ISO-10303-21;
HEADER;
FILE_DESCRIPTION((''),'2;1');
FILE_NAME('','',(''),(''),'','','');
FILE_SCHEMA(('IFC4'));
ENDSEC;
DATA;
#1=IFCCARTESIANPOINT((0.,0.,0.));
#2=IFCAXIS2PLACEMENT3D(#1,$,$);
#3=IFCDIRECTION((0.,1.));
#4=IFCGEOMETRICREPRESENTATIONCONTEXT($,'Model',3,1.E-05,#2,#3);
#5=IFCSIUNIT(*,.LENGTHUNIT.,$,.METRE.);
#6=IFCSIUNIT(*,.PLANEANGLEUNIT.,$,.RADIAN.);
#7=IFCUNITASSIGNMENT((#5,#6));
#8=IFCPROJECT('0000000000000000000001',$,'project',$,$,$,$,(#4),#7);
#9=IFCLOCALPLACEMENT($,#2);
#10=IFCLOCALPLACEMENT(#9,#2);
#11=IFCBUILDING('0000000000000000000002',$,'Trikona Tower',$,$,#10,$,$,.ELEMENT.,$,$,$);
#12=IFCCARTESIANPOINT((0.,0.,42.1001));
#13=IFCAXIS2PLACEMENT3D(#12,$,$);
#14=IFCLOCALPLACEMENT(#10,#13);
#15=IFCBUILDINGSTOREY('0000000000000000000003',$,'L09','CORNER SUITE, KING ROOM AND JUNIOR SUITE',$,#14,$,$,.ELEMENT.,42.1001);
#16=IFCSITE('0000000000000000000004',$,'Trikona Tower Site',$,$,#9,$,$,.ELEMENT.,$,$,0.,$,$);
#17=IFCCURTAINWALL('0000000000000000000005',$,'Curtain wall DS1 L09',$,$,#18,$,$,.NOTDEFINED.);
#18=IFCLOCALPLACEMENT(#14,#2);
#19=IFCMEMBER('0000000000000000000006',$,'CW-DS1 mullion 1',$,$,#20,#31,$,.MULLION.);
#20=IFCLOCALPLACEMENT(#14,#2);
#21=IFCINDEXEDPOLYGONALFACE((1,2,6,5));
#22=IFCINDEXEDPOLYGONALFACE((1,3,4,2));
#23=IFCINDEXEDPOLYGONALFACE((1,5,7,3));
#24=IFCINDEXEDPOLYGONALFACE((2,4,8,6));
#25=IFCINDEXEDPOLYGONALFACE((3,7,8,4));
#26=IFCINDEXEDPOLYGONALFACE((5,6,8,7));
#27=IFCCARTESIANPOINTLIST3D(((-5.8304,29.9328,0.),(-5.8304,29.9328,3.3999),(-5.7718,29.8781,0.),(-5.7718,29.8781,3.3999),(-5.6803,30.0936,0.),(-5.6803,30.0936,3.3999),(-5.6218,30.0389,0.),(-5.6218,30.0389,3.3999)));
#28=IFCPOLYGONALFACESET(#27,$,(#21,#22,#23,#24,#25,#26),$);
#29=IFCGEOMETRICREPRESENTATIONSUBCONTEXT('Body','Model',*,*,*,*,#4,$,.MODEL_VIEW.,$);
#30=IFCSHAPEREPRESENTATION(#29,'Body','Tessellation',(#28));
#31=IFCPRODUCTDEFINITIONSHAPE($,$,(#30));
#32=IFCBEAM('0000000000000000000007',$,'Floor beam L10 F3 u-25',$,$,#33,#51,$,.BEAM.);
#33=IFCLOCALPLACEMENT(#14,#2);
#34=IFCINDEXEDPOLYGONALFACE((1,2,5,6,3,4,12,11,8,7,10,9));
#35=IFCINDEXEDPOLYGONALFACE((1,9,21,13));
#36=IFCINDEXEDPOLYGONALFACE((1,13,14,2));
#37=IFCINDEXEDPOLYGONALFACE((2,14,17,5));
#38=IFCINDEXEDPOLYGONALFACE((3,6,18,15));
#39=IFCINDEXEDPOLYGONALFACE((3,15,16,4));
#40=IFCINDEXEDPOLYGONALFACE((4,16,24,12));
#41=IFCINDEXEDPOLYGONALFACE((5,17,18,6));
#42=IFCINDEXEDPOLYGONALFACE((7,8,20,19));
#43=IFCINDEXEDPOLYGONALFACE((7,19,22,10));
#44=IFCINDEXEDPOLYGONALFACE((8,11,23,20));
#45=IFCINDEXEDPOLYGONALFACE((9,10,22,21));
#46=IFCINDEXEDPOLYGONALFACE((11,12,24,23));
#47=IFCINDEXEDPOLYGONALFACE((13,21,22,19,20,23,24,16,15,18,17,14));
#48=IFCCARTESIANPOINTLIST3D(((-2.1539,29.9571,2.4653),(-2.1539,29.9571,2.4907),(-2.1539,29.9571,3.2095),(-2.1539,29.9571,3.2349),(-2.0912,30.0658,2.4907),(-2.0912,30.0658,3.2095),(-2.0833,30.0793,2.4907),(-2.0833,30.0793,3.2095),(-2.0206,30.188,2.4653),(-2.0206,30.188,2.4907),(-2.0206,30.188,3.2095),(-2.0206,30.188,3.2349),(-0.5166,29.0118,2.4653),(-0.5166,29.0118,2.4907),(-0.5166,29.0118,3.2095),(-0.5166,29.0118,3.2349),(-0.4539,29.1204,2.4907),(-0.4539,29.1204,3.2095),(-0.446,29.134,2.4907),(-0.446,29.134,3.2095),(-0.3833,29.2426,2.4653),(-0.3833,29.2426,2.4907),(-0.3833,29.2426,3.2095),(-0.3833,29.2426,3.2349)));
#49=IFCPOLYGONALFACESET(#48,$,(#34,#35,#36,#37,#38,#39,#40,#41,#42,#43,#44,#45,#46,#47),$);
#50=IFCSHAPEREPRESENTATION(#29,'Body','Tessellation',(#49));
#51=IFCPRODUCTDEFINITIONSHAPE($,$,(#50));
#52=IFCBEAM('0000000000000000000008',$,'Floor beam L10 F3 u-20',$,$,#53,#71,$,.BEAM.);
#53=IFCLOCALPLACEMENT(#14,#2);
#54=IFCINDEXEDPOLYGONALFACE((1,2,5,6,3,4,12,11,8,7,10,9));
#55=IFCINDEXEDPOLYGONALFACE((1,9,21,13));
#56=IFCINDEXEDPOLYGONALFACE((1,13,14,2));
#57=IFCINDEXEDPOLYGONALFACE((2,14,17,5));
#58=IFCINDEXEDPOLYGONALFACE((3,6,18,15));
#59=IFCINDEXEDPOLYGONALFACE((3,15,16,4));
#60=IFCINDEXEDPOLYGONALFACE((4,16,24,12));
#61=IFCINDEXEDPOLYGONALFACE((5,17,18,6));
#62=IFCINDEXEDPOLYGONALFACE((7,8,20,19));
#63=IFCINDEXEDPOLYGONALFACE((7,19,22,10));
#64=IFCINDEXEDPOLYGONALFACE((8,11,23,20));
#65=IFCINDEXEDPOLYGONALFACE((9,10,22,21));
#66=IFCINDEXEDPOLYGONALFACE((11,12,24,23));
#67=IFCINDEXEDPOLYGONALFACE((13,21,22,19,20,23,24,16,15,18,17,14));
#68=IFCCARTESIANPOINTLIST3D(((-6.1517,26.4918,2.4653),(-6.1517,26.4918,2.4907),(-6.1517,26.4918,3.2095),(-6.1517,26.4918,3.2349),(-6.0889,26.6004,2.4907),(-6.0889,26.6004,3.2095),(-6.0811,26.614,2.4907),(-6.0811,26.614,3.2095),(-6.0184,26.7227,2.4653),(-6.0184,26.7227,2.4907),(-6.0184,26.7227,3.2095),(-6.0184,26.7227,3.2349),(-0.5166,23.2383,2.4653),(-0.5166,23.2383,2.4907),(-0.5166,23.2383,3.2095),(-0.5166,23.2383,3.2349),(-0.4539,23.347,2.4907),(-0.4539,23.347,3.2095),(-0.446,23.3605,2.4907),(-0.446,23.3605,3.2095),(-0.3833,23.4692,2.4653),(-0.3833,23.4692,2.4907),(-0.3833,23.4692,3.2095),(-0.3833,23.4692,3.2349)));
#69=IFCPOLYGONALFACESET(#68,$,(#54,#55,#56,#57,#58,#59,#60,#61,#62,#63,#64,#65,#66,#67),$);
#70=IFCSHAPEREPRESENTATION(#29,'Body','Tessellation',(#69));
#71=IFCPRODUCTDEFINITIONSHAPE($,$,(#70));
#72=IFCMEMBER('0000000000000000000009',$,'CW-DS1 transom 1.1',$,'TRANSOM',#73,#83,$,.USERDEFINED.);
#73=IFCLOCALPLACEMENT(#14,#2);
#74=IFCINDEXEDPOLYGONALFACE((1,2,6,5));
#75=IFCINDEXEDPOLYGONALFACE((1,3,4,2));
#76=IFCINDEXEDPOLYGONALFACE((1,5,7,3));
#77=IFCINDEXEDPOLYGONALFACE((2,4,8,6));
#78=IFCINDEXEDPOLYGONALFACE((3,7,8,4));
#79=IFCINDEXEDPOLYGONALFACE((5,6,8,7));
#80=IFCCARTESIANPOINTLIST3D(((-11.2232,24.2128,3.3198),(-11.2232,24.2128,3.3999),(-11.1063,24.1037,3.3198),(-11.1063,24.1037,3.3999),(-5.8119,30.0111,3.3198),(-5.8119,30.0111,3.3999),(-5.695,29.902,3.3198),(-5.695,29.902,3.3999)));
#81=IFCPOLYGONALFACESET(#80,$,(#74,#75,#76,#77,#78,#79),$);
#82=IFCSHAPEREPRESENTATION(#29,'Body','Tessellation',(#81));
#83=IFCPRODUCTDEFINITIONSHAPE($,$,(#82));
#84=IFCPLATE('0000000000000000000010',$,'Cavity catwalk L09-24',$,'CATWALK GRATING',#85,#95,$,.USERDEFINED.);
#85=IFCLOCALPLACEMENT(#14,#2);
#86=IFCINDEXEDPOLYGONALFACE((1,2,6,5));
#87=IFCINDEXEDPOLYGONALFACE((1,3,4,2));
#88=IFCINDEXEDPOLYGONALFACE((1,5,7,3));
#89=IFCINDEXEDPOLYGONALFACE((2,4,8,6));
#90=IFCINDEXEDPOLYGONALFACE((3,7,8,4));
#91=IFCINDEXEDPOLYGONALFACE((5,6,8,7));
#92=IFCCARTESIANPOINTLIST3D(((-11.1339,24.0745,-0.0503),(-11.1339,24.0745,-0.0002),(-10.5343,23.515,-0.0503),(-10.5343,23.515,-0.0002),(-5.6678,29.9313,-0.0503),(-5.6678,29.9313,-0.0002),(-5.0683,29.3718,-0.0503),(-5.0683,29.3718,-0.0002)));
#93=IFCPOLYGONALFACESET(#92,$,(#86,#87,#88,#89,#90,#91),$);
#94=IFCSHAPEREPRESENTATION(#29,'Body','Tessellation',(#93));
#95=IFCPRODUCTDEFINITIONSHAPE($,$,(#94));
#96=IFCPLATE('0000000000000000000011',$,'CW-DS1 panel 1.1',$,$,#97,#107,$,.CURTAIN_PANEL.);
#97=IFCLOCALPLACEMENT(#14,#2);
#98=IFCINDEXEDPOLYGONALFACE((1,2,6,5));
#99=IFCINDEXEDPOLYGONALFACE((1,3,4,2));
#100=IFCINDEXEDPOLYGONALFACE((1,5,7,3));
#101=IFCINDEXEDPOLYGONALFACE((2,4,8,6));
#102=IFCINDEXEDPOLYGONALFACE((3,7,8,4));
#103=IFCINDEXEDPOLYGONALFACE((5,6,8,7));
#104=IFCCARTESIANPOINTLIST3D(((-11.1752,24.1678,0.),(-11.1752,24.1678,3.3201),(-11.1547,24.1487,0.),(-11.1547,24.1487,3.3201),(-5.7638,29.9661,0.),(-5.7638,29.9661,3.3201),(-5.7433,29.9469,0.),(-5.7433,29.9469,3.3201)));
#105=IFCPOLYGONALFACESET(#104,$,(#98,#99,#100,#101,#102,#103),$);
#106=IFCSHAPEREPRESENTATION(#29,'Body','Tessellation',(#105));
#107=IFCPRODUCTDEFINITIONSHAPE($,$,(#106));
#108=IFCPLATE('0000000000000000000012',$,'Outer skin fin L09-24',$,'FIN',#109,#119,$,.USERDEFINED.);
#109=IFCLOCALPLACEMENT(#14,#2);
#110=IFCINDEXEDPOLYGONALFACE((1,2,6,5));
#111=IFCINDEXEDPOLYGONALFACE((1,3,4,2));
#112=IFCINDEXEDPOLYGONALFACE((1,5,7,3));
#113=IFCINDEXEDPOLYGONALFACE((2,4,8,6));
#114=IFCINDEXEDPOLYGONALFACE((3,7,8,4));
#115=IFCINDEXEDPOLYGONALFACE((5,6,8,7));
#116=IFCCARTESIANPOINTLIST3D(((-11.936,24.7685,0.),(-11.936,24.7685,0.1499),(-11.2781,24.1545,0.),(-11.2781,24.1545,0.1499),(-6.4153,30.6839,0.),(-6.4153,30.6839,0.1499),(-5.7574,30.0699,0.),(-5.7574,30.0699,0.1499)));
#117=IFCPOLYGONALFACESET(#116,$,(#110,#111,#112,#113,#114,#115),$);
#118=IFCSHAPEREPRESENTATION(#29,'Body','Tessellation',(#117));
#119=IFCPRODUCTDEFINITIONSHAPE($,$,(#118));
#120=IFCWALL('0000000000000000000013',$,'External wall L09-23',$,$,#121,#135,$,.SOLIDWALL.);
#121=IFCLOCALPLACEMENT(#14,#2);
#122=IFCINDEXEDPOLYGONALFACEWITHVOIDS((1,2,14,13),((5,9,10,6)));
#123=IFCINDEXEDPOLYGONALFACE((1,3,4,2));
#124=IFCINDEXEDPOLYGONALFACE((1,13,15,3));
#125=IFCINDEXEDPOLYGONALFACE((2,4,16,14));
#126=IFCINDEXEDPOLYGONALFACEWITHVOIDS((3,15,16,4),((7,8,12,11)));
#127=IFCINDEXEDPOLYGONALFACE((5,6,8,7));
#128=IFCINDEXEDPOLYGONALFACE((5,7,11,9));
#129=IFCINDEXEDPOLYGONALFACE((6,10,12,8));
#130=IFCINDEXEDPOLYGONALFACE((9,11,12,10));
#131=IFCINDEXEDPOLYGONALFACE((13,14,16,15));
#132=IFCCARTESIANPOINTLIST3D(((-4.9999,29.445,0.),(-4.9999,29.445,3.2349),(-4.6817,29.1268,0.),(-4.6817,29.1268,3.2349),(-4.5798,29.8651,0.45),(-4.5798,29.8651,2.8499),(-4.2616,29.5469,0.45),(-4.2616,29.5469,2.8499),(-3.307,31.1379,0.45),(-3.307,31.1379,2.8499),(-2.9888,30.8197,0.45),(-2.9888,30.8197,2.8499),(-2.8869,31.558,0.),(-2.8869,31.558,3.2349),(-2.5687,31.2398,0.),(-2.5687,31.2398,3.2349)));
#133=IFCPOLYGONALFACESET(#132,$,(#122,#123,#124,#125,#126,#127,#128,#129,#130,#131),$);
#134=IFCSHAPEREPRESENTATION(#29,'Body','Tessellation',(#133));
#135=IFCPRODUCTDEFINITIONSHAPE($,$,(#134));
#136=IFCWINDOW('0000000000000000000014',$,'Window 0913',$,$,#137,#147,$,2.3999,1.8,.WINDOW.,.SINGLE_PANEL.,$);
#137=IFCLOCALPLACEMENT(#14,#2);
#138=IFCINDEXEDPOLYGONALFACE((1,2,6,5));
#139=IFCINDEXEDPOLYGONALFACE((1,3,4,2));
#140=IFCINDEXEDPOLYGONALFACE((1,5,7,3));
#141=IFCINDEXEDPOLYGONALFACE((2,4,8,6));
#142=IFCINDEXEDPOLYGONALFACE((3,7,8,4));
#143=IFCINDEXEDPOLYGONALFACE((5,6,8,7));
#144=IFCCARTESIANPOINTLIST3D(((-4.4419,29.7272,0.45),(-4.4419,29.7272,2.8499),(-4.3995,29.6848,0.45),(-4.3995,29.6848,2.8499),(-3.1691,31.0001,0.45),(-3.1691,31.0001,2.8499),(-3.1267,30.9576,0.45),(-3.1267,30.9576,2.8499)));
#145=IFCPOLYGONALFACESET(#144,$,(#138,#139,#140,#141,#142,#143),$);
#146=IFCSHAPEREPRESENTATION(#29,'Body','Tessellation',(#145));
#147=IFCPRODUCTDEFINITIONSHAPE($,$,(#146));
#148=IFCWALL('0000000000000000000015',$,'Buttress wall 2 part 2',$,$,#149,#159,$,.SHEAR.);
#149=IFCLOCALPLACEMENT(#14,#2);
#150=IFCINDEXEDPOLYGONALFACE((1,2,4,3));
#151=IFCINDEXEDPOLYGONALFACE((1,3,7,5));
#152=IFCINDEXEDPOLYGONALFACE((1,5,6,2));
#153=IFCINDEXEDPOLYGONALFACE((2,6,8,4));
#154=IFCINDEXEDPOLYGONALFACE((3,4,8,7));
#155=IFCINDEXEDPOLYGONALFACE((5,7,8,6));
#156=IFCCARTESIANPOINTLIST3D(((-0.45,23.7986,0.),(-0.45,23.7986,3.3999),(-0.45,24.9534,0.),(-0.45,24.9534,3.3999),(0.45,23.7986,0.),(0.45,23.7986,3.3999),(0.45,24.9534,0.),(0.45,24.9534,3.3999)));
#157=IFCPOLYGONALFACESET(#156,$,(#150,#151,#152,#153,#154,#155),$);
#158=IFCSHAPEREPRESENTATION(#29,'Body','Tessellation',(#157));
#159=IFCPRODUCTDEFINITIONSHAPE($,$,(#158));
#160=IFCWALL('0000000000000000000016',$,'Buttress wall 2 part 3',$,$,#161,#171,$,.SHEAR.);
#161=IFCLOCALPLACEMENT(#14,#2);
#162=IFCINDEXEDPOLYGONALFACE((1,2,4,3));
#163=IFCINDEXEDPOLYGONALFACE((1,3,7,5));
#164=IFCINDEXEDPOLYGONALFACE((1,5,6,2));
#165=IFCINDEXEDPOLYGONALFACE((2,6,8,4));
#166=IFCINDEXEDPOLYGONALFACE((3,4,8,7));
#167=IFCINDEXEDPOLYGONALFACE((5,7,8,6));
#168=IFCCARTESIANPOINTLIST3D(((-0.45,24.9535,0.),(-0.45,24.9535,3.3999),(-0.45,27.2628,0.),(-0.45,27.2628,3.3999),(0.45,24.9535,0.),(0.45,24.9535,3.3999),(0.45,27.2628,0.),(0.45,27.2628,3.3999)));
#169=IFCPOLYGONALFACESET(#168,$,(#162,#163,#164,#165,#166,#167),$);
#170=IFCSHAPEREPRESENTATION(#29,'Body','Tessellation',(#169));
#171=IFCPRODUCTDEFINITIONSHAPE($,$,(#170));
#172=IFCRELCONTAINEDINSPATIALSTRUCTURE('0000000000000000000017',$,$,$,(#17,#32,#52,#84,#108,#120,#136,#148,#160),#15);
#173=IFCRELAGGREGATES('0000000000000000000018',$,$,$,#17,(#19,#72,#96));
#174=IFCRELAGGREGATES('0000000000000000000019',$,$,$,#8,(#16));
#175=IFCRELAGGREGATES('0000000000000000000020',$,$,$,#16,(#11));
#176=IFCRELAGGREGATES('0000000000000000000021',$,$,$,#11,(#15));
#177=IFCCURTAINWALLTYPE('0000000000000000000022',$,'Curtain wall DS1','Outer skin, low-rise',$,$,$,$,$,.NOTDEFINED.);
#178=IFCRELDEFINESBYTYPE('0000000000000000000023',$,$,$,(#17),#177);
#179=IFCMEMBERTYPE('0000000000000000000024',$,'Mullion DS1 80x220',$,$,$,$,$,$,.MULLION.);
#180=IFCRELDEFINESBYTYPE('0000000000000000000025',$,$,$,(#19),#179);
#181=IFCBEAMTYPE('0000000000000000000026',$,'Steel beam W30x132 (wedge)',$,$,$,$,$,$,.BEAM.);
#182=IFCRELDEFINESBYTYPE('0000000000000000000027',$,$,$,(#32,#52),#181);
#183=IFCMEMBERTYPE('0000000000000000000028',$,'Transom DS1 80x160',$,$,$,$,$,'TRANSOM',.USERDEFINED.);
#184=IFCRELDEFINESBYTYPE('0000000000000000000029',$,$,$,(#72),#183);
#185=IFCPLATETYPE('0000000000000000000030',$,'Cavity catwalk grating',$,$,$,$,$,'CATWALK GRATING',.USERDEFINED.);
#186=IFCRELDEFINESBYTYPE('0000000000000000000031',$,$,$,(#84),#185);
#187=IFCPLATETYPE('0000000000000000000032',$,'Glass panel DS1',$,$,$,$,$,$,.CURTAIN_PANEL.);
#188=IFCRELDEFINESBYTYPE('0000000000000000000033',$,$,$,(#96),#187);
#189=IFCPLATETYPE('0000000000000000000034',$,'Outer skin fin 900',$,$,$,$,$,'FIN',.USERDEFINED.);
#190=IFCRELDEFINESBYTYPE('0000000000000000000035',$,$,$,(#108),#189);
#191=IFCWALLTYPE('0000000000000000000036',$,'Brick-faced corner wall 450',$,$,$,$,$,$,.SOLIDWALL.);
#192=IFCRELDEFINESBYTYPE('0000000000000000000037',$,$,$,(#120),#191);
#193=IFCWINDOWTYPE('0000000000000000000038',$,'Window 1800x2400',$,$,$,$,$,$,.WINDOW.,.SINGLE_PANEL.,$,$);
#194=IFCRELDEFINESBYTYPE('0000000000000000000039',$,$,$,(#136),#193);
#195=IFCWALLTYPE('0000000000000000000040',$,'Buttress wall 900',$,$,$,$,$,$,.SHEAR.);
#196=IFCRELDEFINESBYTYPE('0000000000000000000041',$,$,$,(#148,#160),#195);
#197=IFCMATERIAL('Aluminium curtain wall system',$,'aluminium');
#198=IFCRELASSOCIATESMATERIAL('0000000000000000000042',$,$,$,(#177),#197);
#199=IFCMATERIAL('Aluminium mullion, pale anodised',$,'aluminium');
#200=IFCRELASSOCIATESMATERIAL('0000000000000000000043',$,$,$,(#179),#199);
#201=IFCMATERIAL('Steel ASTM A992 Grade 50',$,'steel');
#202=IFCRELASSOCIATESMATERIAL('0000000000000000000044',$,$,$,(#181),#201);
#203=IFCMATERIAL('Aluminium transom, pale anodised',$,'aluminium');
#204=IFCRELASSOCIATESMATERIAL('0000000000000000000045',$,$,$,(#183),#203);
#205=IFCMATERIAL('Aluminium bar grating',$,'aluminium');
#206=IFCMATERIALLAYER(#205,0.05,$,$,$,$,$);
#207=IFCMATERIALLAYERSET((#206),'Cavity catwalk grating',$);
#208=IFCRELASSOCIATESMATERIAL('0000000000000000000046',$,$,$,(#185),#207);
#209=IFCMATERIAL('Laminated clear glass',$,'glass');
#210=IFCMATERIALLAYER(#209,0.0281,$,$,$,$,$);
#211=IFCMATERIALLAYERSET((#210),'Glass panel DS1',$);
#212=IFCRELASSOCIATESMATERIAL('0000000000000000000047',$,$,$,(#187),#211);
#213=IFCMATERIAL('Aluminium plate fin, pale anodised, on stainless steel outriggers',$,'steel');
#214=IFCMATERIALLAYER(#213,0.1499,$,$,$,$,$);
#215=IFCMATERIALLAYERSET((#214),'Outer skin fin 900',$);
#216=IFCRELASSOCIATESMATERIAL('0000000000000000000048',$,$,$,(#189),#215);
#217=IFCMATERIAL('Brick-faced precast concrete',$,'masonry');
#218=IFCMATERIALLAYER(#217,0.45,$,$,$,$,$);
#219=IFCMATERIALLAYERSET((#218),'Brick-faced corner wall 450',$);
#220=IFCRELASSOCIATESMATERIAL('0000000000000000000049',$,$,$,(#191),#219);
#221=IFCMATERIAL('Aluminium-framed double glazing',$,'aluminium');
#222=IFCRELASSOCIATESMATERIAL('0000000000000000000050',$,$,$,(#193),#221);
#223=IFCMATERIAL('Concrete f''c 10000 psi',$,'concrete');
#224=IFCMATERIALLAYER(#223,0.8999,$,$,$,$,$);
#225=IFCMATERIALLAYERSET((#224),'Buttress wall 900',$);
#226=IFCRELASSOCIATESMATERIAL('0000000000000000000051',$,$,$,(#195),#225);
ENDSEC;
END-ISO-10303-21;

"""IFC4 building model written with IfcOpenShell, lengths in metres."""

from ifc_helpers import new_model, si_unit, direction, frame, frame_2d, origin, origin_2d, place, context, subcontext, project, spatial, rectangle, i_section, extrude, material, layer, layer_set, material_profile, profile_set, type_object, element, fill, aggregate, save


model = new_model("IFC4")

# Units and contexts
model_context = context("Model", 3, precision=1e-05, world=origin(), true_north=direction((0.0, 1.0)))
body_context = subcontext(model_context, "Body", "Model", "MODEL_VIEW")
ifc_project = project(units=[si_unit("LENGTHUNIT", "METRE"), si_unit("PLANEANGLEUNIT", "RADIAN")], contexts=[model_context])

# Site, building, storey
site_placement = place(None, origin())
site = spatial("IfcSite", under=ifc_project, at=site_placement, Name="Trikona Tower Site", CompositionType="ELEMENT", RefElevation=0.0)
building_placement = place(site_placement, origin())
building = spatial("IfcBuilding", under=site, at=building_placement, Name="Trikona Tower", CompositionType="ELEMENT")
storey_placement = place(building_placement, frame((0.0, 0.0, 42.1001)))
storey = spatial("IfcBuildingStorey", under=building, at=storey_placement, Name="L09", Description="CORNER SUITE, KING ROOM AND JUNIOR SUITE", CompositionType="ELEMENT", Elevation=42.1001)

# Curtain wall, member
ifc_material_1 = material(Name="Aluminium curtain wall system", Category="aluminium")
curtain_wall_type = type_object("IfcCurtainWallType", Name="Curtain wall DS1", Description="Outer skin, low-rise", PredefinedType="NOTDEFINED", material=ifc_material_1)
curtain_wall_placement = place(storey_placement, origin())
curtain_wall = element("IfcCurtainWall", 1, at=curtain_wall_placement, inside=storey, type_object=curtain_wall_type, Name="Curtain wall DS1 L09", PredefinedType="NOTDEFINED")
ifc_material_2 = material(Name="Aluminium mullion, pale anodised", Category="aluminium")
ifc_material_profile_1 = material_profile(ifc_material_2, rectangle(XDim=0.0801, YDim=0.22, at=origin_2d()), Name="MUL-DS1")
ifc_profile_set_1 = profile_set([ifc_material_profile_1], Name="Aluminium mullion, pale anodised")
member_type_1 = type_object("IfcMemberType", Name="Mullion DS1 80x220", PredefinedType="MULLION", material=ifc_profile_set_1)
member_1_placement = place(storey_placement, frame((-5.7261, 29.9858, 0.0), z_axis=(0.0, 0.0, 1.0), x_axis=(0.731077, -0.682295, 0.0)))
member_1 = element("IfcMember", 2, at=member_1_placement, type_object=member_type_1, Name="CW-DS1 mullion 1", PredefinedType="MULLION", context=body_context, shape_type="SweptSolid", body=[
    extrude(rectangle(XDim=0.0801, YDim=0.22, at=origin_2d()), origin(), (0.0, 0.0, 1.0), 3.3999),
])

# Beams
ifc_material_3 = material(Name="Steel ASTM A992 Grade 50", Category="steel")
ifc_material_profile_2 = material_profile(ifc_material_3, i_section(OverallWidth=0.2666, OverallDepth=0.7695, WebThickness=0.0156, FlangeThickness=0.0254, at=origin_2d()), Name="W30X132")
ifc_profile_set_2 = profile_set([ifc_material_profile_2], Name="Steel ASTM A992 Grade 50")
beam_type = type_object("IfcBeamType", Name="Steel beam W30x132 (wedge)", PredefinedType="BEAM", material=ifc_profile_set_2)
beam_1_placement = place(storey_placement, frame((-0.45, 29.1272, 2.8501), z_axis=(-0.866009, 0.500028, 0.0), x_axis=(-0.500028, -0.866009, 0.0)))
element("IfcBeam", 3, at=beam_1_placement, inside=storey, type_object=beam_type, Name="Floor beam L10 F3 u-25", PredefinedType="BEAM", context=body_context, shape_type="SweptSolid", body=[
    extrude(i_section(OverallWidth=0.2666, OverallDepth=0.7695, WebThickness=0.0156, FlangeThickness=0.0254, at=origin_2d()), origin(), (0.0, 0.0, 1.0), 1.8906),
])
beam_2_placement = place(storey_placement, frame((-0.45, 23.3538, 2.8501), z_axis=(-0.866023, 0.500005, 0.0), x_axis=(-0.500005, -0.866023, 0.0)))
element("IfcBeam", 4, at=beam_2_placement, inside=storey, type_object=beam_type, Name="Floor beam L10 F3 u-20", PredefinedType="BEAM", context=body_context, shape_type="SweptSolid", body=[
    extrude(i_section(OverallWidth=0.2666, OverallDepth=0.7695, WebThickness=0.0156, FlangeThickness=0.0254, at=origin_2d()), origin(), (0.0, 0.0, 1.0), 6.5068),
])

# Member
ifc_material_4 = material(Name="Aluminium transom, pale anodised", Category="aluminium")
ifc_material_profile_3 = material_profile(ifc_material_4, rectangle(XDim=0.1599, YDim=0.0801, at=origin_2d()), Name="TRN-DS1")
ifc_profile_set_3 = profile_set([ifc_material_profile_3], Name="Aluminium transom, pale anodised")
member_type_2 = type_object("IfcMemberType", Name="Transom DS1 80x160", ElementType="TRANSOM", PredefinedType="USERDEFINED", material=ifc_profile_set_3)
member_2_placement = place(storey_placement, frame((-5.7534, 29.9565, 3.3599), z_axis=(-0.682291, -0.731081, 0.0), x_axis=(0.731081, -0.682291, 0.0)))
member_2 = element("IfcMember", 5, at=member_2_placement, type_object=member_type_2, Name="CW-DS1 transom 1.1", ObjectType="TRANSOM", PredefinedType="USERDEFINED", context=body_context, shape_type="SweptSolid", body=[
    extrude(rectangle(XDim=0.1599, YDim=0.0801, at=origin_2d()), origin(), (0.0, 0.0, 1.0), 7.9312),
])

# Plates
ifc_material_5 = material(Name="Aluminium bar grating", Category="aluminium")
ifc_layer_1 = layer(ifc_material_5, 0.05)
ifc_layer_set_1 = layer_set([ifc_layer_1], Name="Cavity catwalk grating")
plate_type_1 = type_object("IfcPlateType", Name="Cavity catwalk grating", ElementType="CATWALK GRATING", PredefinedType="USERDEFINED", material=ifc_layer_set_1)
plate_1_placement = place(storey_placement, frame((-8.1011, 26.7231, -0.0503), z_axis=(0.0, 0.0, 1.0), x_axis=(-0.682298, -0.731074, 0.0)))
element("IfcPlate", 6, at=plate_1_placement, inside=storey, type_object=plate_type_1, Name="Cavity catwalk L09-24", ObjectType="CATWALK GRATING", PredefinedType="USERDEFINED", context=body_context, shape_type="SweptSolid", body=[
    extrude(rectangle(XDim=8.0112, YDim=0.8201, at=origin_2d()), origin(), (0.0, 0.0, 1.0), 0.05),
])
ifc_material_6 = material(Name="Laminated clear glass", Category="glass")
ifc_layer_2 = layer(ifc_material_6, 0.0281)
ifc_layer_set_2 = layer_set([ifc_layer_2], Name="Glass panel DS1")
plate_type_2 = type_object("IfcPlateType", Name="Glass panel DS1", PredefinedType="CURTAIN_PANEL", material=ifc_layer_set_2)
plate_2_placement = place(storey_placement, frame((-8.4592, 27.0574, 0.0), z_axis=(0.0, 0.0, 1.0), x_axis=(-0.682295, -0.731077, 0.0)))
plate_2 = element("IfcPlate", 7, at=plate_2_placement, type_object=plate_type_2, Name="CW-DS1 panel 1.1", PredefinedType="CURTAIN_PANEL", context=body_context, shape_type="SweptSolid", body=[
    extrude(rectangle(XDim=7.9312, YDim=0.0281, at=origin_2d()), origin(), (0.0, 0.0, 1.0), 3.3201),
])
aggregate(curtain_wall, [member_1, member_2, plate_2])
ifc_material_7 = material(Name="Aluminium plate fin, pale anodised, on stainless steel outriggers", Category="steel")
ifc_layer_3 = layer(ifc_material_7, 0.1499)
ifc_layer_set_3 = layer_set([ifc_layer_3], Name="Outer skin fin 900")
plate_type_3 = type_object("IfcPlateType", Name="Outer skin fin 900", ElementType="FIN", PredefinedType="USERDEFINED", material=ifc_layer_set_3)
plate_3_placement = place(storey_placement, frame((-8.8467, 27.4192, 0.0), z_axis=(0.0, 0.0, 1.0), x_axis=(-0.682298, -0.731074, 0.0)))
element("IfcPlate", 8, at=plate_3_placement, inside=storey, type_object=plate_type_3, Name="Outer skin fin L09-24", ObjectType="FIN", PredefinedType="USERDEFINED", context=body_context, shape_type="SweptSolid", body=[
    extrude(rectangle(XDim=8.0913, YDim=0.8999, at=origin_2d()), origin(), (0.0, 0.0, 1.0), 0.1499),
])

# Wall, opening, window
ifc_material_8 = material(Name="Brick-faced precast concrete", Category="masonry")
ifc_layer_4 = layer(ifc_material_8, 0.45)
ifc_layer_set_4 = layer_set([ifc_layer_4], Name="Brick-faced corner wall 450")
wall_type_1 = type_object("IfcWallType", Name="Brick-faced corner wall 450", PredefinedType="SOLIDWALL", material=ifc_layer_set_4)
wall_1_placement = place(storey_placement, frame((-2.7278, 31.3989, 0.0), z_axis=(0.0, 0.0, 1.0), x_axis=(-0.707107, -0.707107, 0.0)))
wall_1 = element("IfcWall", 9, at=wall_1_placement, inside=storey, type_object=wall_type_1, Name="External wall L09-23", PredefinedType="SOLIDWALL", context=body_context, shape_type="SweptSolid", body=[
    extrude(rectangle(XDim=2.9883, YDim=0.45, at=frame_2d((1.4941, 0.0))), origin(), (0.0, 0.0, 1.0), 3.2349),
])
opening_1_placement = place(wall_1_placement, frame((0.5942, 0.0, 0.45)))
opening_1 = element("IfcOpeningElement", 10, at=opening_1_placement, cuts=wall_1, PredefinedType="OPENING", context=body_context, shape_type="SweptSolid", body=[
    extrude(rectangle(XDim=1.8, YDim=2.3999, at=frame_2d((0.8999, 1.2))), frame((0.0, 0.2349, 0.0), z_axis=(0.0, -1.0, 0.0), x_axis=(1.0, 0.0, 0.0)), (0.0, 0.0, 1.0), 0.47),
])
ifc_material_9 = material(Name="Aluminium-framed double glazing", Category="aluminium")
window_type_1 = type_object("IfcWindowType", Name="Window 1800x2400", PartitioningType="SINGLE_PANEL", PredefinedType="WINDOW", material=ifc_material_9)
window_1_placement = place(opening_1_placement, origin())
window_1 = element("IfcWindow", 11, at=window_1_placement, inside=storey, type_object=window_type_1, Name="Window 0913", OverallHeight=2.3999, OverallWidth=1.8, PartitioningType="SINGLE_PANEL", PredefinedType="WINDOW", context=body_context, shape_type="SweptSolid", body=[
    extrude(rectangle(XDim=1.8, YDim=2.3999, at=frame_2d((0.8999, 1.2))), frame((0.0, 0.03, 0.0), z_axis=(0.0, -1.0, 0.0), x_axis=(1.0, 0.0, 0.0)), (0.0, 0.0, 1.0), 0.0601),
])
fill(opening_1, window_1)

# Walls
ifc_material_10 = material(Name="Concrete f'c 10000 psi", Category="concrete")
ifc_layer_5 = layer(ifc_material_10, 0.8999)
ifc_layer_set_5 = layer_set([ifc_layer_5], Name="Buttress wall 900")
wall_type_2 = type_object("IfcWallType", Name="Buttress wall 900", PredefinedType="SHEAR", material=ifc_layer_set_5)
wall_2_placement = place(storey_placement, frame((0.0, 23.7986, 0.0), z_axis=(0.0, 0.0, 1.0), x_axis=(0.0, 1.0, 0.0)))
element("IfcWall", 12, at=wall_2_placement, inside=storey, type_object=wall_type_2, Name="Buttress wall 2 part 2", PredefinedType="SHEAR", context=body_context, shape_type="SweptSolid", body=[
    extrude(rectangle(XDim=1.1548, YDim=0.8999, at=frame_2d((0.5774, 0.0))), origin(), (0.0, 0.0, 1.0), 3.3999),
])
wall_3_placement = place(storey_placement, frame((0.0, 24.9534, 0.0), z_axis=(0.0, 0.0, 1.0), x_axis=(0.0, 1.0, 0.0)))
element("IfcWall", 13, at=wall_3_placement, inside=storey, type_object=wall_type_2, Name="Buttress wall 2 part 3", PredefinedType="SHEAR", context=body_context, shape_type="SweptSolid", body=[
    extrude(rectangle(XDim=2.3093, YDim=0.8999, at=frame_2d((1.1548, 0.0))), origin(), (0.0, 0.0, 1.0), 3.3999),
])

save(model, "model.ifc")
